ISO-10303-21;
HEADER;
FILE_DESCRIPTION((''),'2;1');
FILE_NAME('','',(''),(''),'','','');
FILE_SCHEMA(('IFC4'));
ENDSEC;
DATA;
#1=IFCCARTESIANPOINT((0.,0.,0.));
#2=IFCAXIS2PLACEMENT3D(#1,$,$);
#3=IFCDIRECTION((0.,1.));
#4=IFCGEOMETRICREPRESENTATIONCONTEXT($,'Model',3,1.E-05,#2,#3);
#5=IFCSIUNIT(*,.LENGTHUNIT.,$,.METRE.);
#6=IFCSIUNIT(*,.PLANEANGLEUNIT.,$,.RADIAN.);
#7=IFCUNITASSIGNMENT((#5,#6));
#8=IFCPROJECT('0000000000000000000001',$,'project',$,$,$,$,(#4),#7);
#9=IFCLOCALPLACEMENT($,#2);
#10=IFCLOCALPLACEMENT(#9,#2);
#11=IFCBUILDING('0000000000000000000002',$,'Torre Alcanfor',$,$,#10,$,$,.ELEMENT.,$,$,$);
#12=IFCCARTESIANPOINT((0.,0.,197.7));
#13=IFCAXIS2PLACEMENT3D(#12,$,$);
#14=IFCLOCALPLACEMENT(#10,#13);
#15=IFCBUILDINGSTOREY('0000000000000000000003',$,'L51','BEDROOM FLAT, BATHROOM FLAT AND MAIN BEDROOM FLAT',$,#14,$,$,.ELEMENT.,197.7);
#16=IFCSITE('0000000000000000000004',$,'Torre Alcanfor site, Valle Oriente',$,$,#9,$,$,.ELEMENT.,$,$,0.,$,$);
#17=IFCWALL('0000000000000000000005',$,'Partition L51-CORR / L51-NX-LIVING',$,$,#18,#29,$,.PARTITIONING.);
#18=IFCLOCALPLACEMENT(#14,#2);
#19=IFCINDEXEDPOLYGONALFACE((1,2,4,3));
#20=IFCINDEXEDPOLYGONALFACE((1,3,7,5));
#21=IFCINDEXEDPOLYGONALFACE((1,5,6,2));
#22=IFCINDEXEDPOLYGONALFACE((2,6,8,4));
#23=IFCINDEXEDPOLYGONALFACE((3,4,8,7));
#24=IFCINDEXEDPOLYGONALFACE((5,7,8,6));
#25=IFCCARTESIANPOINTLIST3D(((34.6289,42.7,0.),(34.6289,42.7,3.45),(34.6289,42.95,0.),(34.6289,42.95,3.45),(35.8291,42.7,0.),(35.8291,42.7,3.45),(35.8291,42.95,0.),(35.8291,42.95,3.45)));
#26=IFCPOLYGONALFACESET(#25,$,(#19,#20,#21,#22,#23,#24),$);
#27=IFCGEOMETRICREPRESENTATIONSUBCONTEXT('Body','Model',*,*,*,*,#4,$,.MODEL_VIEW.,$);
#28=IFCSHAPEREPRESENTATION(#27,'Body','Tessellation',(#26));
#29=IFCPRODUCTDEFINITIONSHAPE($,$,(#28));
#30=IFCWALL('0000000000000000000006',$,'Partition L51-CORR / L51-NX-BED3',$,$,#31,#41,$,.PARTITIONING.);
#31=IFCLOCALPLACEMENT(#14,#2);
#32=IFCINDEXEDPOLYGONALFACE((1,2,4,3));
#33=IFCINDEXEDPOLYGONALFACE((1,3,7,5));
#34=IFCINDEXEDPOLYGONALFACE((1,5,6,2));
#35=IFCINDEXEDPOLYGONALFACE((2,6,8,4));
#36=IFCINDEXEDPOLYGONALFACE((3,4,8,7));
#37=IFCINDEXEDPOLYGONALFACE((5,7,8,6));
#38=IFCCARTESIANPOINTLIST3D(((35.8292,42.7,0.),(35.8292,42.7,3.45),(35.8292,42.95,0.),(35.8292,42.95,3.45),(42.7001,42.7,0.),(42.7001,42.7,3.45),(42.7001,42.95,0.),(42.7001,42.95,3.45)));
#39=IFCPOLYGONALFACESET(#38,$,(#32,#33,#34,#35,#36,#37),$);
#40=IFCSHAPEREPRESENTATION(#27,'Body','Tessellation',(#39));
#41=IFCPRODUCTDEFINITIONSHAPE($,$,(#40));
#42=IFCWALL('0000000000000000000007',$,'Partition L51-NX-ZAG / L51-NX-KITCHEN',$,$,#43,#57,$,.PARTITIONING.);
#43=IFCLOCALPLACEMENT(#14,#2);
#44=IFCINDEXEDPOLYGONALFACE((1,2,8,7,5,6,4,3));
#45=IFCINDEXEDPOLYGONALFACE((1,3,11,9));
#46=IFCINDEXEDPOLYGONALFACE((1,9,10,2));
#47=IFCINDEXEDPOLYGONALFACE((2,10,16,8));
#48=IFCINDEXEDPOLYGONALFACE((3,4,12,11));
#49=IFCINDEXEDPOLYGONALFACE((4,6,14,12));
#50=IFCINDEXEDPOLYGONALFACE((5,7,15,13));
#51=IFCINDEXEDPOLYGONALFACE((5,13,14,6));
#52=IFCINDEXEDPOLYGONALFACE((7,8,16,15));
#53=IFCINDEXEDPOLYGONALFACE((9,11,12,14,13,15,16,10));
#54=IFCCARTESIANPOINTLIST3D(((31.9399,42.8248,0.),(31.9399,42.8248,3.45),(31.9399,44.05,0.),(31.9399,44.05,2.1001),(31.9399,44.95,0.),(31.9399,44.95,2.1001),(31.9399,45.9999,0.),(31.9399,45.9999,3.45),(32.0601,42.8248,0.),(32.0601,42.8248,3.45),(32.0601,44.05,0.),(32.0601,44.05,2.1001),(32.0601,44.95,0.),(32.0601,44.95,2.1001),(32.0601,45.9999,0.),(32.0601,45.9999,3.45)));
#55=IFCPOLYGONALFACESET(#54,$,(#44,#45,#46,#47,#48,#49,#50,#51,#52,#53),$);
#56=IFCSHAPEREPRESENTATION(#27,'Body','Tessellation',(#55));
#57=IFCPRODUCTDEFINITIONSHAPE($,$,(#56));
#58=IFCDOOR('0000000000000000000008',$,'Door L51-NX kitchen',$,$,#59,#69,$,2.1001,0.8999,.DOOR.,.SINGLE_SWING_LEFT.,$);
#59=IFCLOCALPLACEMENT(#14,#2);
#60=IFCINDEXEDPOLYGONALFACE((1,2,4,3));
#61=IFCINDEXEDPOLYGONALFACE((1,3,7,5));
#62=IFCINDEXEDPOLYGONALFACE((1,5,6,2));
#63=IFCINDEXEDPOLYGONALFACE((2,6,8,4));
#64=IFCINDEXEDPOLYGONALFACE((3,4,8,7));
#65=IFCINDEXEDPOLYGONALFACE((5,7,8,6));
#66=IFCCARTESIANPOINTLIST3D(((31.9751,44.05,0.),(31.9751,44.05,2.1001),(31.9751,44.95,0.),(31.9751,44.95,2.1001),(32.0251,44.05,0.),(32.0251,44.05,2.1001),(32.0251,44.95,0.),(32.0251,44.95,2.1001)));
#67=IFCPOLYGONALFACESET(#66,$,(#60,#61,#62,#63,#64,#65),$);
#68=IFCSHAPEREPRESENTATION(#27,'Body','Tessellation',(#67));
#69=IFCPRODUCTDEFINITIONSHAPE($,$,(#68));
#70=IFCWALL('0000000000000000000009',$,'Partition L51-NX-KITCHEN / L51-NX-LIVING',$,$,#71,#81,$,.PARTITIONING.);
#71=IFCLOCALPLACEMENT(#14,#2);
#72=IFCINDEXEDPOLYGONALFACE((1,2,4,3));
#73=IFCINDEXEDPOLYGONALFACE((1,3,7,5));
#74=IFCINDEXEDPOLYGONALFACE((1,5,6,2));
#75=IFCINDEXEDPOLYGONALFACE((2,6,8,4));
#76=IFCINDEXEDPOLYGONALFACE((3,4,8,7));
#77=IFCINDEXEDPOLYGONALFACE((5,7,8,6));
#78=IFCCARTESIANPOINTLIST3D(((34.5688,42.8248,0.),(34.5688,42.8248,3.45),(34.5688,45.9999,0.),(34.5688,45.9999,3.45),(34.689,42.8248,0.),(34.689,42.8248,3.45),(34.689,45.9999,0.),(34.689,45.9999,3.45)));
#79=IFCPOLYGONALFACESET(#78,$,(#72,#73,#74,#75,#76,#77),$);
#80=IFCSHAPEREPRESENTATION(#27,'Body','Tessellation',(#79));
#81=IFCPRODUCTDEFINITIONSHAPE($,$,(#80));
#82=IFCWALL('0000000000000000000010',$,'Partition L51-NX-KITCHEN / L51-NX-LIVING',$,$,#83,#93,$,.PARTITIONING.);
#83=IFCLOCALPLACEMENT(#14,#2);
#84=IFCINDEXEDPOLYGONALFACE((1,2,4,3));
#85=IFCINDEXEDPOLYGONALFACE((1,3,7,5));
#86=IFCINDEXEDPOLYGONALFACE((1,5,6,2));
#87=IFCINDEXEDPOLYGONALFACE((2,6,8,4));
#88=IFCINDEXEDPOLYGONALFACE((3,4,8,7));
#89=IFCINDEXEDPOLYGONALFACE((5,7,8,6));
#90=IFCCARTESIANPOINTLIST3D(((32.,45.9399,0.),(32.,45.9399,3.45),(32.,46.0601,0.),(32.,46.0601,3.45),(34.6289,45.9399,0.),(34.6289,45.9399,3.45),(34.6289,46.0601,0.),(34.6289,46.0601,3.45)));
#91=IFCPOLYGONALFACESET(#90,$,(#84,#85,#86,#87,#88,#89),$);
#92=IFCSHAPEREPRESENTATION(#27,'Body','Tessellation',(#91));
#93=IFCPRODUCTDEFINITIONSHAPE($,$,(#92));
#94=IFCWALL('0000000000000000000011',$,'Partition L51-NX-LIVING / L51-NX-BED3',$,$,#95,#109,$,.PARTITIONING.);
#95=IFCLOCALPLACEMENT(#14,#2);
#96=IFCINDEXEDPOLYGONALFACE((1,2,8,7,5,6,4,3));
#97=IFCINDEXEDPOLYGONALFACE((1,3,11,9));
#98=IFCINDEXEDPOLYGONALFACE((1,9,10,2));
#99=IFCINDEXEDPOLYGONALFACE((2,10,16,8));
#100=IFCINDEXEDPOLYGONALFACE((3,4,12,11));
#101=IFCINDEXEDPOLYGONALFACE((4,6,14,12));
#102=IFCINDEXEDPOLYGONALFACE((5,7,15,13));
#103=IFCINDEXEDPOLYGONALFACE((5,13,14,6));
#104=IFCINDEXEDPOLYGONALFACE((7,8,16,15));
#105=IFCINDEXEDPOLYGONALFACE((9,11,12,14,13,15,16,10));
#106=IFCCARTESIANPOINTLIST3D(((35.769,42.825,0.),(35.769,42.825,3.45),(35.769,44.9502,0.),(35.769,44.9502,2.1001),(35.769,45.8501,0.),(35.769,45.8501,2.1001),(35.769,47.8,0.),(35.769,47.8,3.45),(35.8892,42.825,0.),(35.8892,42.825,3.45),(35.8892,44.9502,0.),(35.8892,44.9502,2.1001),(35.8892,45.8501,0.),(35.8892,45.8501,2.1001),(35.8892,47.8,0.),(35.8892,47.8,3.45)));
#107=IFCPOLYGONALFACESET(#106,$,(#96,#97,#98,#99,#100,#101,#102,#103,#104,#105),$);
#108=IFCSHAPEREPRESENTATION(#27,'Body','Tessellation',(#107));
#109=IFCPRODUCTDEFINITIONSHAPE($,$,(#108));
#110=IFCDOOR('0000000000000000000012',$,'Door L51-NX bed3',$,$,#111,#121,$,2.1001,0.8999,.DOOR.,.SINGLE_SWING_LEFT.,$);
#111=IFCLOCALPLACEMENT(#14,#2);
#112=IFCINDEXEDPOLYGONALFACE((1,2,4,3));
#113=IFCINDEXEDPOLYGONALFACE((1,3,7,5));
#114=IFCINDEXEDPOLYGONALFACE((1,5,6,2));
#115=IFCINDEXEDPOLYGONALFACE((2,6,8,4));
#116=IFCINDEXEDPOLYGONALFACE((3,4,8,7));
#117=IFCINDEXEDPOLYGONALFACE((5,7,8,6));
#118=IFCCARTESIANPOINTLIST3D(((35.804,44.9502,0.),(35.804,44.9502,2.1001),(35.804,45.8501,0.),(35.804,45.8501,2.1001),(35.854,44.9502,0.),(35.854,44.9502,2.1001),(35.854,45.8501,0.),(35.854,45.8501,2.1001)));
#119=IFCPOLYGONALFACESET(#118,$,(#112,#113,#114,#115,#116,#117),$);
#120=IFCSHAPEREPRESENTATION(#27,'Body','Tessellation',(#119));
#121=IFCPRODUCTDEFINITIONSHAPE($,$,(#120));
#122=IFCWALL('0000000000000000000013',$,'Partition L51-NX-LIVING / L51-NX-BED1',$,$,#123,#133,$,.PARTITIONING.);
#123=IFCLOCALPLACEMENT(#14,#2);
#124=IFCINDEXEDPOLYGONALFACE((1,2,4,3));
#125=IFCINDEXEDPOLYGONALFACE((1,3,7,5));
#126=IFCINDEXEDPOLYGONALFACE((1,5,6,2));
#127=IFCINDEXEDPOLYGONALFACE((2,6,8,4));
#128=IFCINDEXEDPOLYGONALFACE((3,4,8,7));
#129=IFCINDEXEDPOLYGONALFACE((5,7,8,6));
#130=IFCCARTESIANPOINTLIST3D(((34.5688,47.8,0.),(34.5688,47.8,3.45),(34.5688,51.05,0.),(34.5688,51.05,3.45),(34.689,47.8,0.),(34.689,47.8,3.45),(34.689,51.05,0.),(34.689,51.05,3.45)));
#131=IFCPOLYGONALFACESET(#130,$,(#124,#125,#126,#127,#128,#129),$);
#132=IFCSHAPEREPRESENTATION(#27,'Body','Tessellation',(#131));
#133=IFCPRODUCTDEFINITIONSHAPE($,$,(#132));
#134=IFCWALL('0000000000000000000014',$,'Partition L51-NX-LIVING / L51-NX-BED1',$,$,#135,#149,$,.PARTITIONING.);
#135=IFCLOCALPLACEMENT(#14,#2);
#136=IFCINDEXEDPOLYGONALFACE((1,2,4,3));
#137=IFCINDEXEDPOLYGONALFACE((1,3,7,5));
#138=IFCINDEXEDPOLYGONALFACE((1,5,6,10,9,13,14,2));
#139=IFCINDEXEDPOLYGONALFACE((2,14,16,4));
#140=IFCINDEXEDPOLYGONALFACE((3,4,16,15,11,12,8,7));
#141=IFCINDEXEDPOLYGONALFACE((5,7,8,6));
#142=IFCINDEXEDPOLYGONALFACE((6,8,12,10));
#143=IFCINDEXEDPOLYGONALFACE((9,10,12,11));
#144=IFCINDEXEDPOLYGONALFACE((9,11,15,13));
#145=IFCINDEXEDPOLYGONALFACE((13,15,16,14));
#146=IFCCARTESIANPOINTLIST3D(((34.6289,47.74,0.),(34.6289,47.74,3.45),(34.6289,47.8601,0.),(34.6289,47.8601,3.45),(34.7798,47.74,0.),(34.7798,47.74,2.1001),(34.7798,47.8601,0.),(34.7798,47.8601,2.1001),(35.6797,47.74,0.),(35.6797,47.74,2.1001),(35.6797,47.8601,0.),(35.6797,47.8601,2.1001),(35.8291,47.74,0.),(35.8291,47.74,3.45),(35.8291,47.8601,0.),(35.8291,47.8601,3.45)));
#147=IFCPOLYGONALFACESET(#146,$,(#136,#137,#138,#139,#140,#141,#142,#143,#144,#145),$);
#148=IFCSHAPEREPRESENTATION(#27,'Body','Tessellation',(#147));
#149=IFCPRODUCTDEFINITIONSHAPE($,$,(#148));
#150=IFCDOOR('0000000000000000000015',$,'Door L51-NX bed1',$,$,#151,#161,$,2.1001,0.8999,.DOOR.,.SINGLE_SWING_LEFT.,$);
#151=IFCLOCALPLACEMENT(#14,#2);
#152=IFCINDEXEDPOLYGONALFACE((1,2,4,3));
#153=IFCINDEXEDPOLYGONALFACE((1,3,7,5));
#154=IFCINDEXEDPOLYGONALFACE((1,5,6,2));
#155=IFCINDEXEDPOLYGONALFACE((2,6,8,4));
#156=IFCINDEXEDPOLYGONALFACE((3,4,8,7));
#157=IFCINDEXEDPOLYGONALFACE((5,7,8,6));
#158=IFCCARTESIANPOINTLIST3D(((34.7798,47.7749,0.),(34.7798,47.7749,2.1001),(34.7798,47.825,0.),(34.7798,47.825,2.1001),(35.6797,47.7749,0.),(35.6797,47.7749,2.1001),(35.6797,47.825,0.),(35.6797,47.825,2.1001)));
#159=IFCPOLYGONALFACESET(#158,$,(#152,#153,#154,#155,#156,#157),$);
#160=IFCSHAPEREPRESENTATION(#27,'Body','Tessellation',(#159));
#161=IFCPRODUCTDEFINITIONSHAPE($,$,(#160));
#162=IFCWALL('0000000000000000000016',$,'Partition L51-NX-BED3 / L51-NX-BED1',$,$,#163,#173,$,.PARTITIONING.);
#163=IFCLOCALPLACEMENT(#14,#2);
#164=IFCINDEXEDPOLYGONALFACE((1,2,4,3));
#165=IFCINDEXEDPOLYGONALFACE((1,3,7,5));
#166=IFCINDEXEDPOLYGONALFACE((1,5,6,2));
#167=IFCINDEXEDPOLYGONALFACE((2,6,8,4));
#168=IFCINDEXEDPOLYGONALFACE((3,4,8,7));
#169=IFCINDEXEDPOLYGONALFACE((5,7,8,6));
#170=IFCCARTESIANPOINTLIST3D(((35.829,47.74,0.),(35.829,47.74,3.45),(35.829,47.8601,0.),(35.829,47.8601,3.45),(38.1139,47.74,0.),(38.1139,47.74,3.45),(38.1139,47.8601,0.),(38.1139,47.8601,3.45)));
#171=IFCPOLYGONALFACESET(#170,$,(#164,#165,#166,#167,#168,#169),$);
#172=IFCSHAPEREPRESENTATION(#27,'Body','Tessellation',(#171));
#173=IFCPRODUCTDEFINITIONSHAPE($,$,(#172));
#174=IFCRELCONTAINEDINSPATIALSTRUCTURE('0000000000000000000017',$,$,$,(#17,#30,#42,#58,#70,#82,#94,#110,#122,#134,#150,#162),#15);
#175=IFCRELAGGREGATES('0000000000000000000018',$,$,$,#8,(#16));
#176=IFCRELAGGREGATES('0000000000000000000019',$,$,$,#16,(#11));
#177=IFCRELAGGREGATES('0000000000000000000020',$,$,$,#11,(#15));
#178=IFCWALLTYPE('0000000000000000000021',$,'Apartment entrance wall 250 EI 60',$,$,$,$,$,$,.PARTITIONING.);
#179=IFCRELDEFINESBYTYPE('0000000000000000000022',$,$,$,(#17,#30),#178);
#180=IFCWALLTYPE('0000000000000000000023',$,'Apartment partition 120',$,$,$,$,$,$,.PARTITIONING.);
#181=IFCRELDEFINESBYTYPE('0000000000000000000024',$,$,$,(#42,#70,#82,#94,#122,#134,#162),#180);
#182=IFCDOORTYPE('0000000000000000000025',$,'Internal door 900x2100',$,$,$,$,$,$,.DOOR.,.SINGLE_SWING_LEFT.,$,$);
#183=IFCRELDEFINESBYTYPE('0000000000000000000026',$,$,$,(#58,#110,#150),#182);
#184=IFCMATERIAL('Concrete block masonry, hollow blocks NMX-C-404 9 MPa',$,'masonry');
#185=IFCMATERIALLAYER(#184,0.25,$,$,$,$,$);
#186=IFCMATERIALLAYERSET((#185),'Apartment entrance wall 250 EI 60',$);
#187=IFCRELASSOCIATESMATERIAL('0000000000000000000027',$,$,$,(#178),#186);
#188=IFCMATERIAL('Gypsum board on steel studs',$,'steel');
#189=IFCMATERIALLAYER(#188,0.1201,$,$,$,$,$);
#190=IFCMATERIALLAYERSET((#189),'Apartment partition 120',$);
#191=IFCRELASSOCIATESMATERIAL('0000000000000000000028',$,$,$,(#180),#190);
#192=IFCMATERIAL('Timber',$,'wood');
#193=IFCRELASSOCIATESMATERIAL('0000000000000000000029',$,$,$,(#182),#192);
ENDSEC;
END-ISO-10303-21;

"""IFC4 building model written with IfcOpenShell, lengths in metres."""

from ifc_helpers import new_model, si_unit, direction, frame, frame_2d, origin, place, context, subcontext, project, spatial, rectangle, extrude, material, layer, layer_set, type_object, element, fill, save


model = new_model("IFC4")

# Units and contexts
model_context = context("Model", 3, precision=1e-05, world=origin(), true_north=direction((0.0, 1.0)))
body_context = subcontext(model_context, "Body", "Model", "MODEL_VIEW")
ifc_project = project(units=[si_unit("LENGTHUNIT", "METRE"), si_unit("PLANEANGLEUNIT", "RADIAN")], contexts=[model_context])

# Site, building, storey
site_placement = place(None, origin())
site = spatial("IfcSite", under=ifc_project, at=site_placement, Name="Torre Alcanfor site, Valle Oriente", CompositionType="ELEMENT", RefElevation=0.0)
building_placement = place(site_placement, origin())
building = spatial("IfcBuilding", under=site, at=building_placement, Name="Torre Alcanfor", CompositionType="ELEMENT")
storey_placement = place(building_placement, frame((0.0, 0.0, 197.7)))
storey = spatial("IfcBuildingStorey", under=building, at=storey_placement, Name="L51", Description="BEDROOM FLAT, BATHROOM FLAT AND MAIN BEDROOM FLAT", CompositionType="ELEMENT", Elevation=197.7)

# Walls
ifc_material_1 = material(Name="Concrete block masonry, hollow blocks NMX-C-404 9 MPa", Category="masonry")
ifc_layer_1 = layer(ifc_material_1, 0.25)
ifc_layer_set_1 = layer_set([ifc_layer_1], Name="Apartment entrance wall 250 EI 60")
wall_type_1 = type_object("IfcWallType", Name="Apartment entrance wall 250 EI 60", PredefinedType="PARTITIONING", material=ifc_layer_set_1)
wall_1_placement = place(storey_placement, frame((34.6289, 42.825, 0.0), z_axis=(0.0, 0.0, 1.0), x_axis=(1.0, 0.0, 0.0)))
element("IfcWall", 1, at=wall_1_placement, inside=storey, type_object=wall_type_1, Name="Partition L51-CORR / L51-NX-LIVING", PredefinedType="PARTITIONING", context=body_context, shape_type="SweptSolid", body=[
    extrude(rectangle(XDim=1.2002, YDim=0.25, at=frame_2d((0.6001, 0.0))), origin(), (0.0, 0.0, 1.0), 3.45),
])
wall_2_placement = place(storey_placement, frame((35.8291, 42.825, 0.0), z_axis=(0.0, 0.0, 1.0), x_axis=(1.0, 0.0, 0.0)))
element("IfcWall", 2, at=wall_2_placement, inside=storey, type_object=wall_type_1, Name="Partition L51-CORR / L51-NX-BED3", PredefinedType="PARTITIONING", context=body_context, shape_type="SweptSolid", body=[
    extrude(rectangle(XDim=6.8708, YDim=0.25, at=frame_2d((3.4355, 0.0))), origin(), (0.0, 0.0, 1.0), 3.45),
])

# Wall, opening, door
ifc_material_2 = material(Name="Gypsum board on steel studs", Category="steel")
ifc_layer_2 = layer(ifc_material_2, 0.1201)
ifc_layer_set_2 = layer_set([ifc_layer_2], Name="Apartment partition 120")
wall_type_2 = type_object("IfcWallType", Name="Apartment partition 120", PredefinedType="PARTITIONING", material=ifc_layer_set_2)
wall_3_placement = place(storey_placement, frame((32.0, 42.825, 0.0), z_axis=(0.0, 0.0, 1.0), x_axis=(0.0, 1.0, 0.0)))
wall_3 = element("IfcWall", 3, at=wall_3_placement, inside=storey, type_object=wall_type_2, Name="Partition L51-NX-ZAG / L51-NX-KITCHEN", PredefinedType="PARTITIONING", context=body_context, shape_type="SweptSolid", body=[
    extrude(rectangle(XDim=3.175, YDim=0.1201, at=frame_2d((1.5874, 0.0))), origin(), (0.0, 0.0, 1.0), 3.45),
])
opening_1_placement = place(wall_3_placement, frame((1.2251, 0.0, 0.0)))
opening_1 = element("IfcOpeningElement", 4, at=opening_1_placement, cuts=wall_3, PredefinedType="OPENING", context=body_context, shape_type="SweptSolid", body=[
    extrude(rectangle(XDim=0.8999, YDim=2.1001, at=frame_2d((0.45, 1.05))), frame((0.0, 0.0701, 0.0), z_axis=(0.0, -1.0, 0.0), x_axis=(1.0, 0.0, 0.0)), (0.0, 0.0, 1.0), 0.1401),
])
ifc_material_3 = material(Name="Timber", Category="wood")
door_type_1 = type_object("IfcDoorType", Name="Internal door 900x2100", OperationType="SINGLE_SWING_LEFT", PredefinedType="DOOR", material=ifc_material_3)
door_1_placement = place(opening_1_placement, frame((0.8999, 0.0, 0.0), z_axis=(0.0, 0.0, 1.0), x_axis=(-1.0, 0.0, 0.0)))
door_1 = element("IfcDoor", 5, at=door_1_placement, inside=storey, type_object=door_type_1, Name="Door L51-NX kitchen", OperationType="SINGLE_SWING_LEFT", OverallHeight=2.1001, OverallWidth=0.8999, PredefinedType="DOOR", context=body_context, shape_type="SweptSolid", body=[
    extrude(rectangle(XDim=0.8999, YDim=2.1001, at=frame_2d((0.45, 1.05))), frame((0.0, 0.0251, 0.0), z_axis=(0.0, -1.0, 0.0), x_axis=(1.0, 0.0, 0.0)), (0.0, 0.0, 1.0), 0.05),
])
fill(opening_1, door_1)

# Walls
wall_4_placement = place(storey_placement, frame((34.6289, 42.825, 0.0), z_axis=(0.0, 0.0, 1.0), x_axis=(0.0, 1.0, 0.0)))
element("IfcWall", 6, at=wall_4_placement, inside=storey, type_object=wall_type_2, Name="Partition L51-NX-KITCHEN / L51-NX-LIVING", PredefinedType="PARTITIONING", context=body_context, shape_type="SweptSolid", body=[
    extrude(rectangle(XDim=3.175, YDim=0.1201, at=frame_2d((1.5874, 0.0))), origin(), (0.0, 0.0, 1.0), 3.45),
])
wall_5_placement = place(storey_placement, frame((34.6289, 46.0, 0.0), z_axis=(0.0, 0.0, 1.0), x_axis=(-1.0, 0.0, 0.0)))
element("IfcWall", 7, at=wall_5_placement, inside=storey, type_object=wall_type_2, Name="Partition L51-NX-KITCHEN / L51-NX-LIVING", PredefinedType="PARTITIONING", context=body_context, shape_type="SweptSolid", body=[
    extrude(rectangle(XDim=2.6289, YDim=0.1201, at=frame_2d((1.3145, 0.0))), origin(), (0.0, 0.0, 1.0), 3.45),
])

# Wall, opening, door
wall_6_placement = place(storey_placement, frame((35.8291, 47.8, 0.0), z_axis=(0.0, 0.0, 1.0), x_axis=(0.0, -1.0, 0.0)))
wall_6 = element("IfcWall", 8, at=wall_6_placement, inside=storey, type_object=wall_type_2, Name="Partition L51-NX-LIVING / L51-NX-BED3", PredefinedType="PARTITIONING", context=body_context, shape_type="SweptSolid", body=[
    extrude(rectangle(XDim=4.9751, YDim=0.1201, at=frame_2d((2.4875, 0.0))), origin(), (0.0, 0.0, 1.0), 3.45),
])
opening_2_placement = place(wall_6_placement, frame((1.95, 0.0, 0.0)))
opening_2 = element("IfcOpeningElement", 9, at=opening_2_placement, cuts=wall_6, PredefinedType="OPENING", context=body_context, shape_type="SweptSolid", body=[
    extrude(rectangle(XDim=0.8999, YDim=2.1001, at=frame_2d((0.45, 1.05))), frame((0.0, 0.0701, 0.0), z_axis=(0.0, -1.0, 0.0), x_axis=(1.0, 0.0, 0.0)), (0.0, 0.0, 1.0), 0.1401),
])
door_2_placement = place(opening_2_placement, origin())
door_2 = element("IfcDoor", 10, at=door_2_placement, inside=storey, type_object=door_type_1, Name="Door L51-NX bed3", OperationType="SINGLE_SWING_LEFT", OverallHeight=2.1001, OverallWidth=0.8999, PredefinedType="DOOR", context=body_context, shape_type="SweptSolid", body=[
    extrude(rectangle(XDim=0.8999, YDim=2.1001, at=frame_2d((0.45, 1.05))), frame((0.0, 0.0249, 0.0), z_axis=(0.0, -1.0, 0.0), x_axis=(1.0, 0.0, 0.0)), (0.0, 0.0, 1.0), 0.05),
])
fill(opening_2, door_2)

# Wall
wall_7_placement = place(storey_placement, frame((34.6289, 51.05, 0.0), z_axis=(0.0, 0.0, 1.0), x_axis=(0.0, -1.0, 0.0)))
element("IfcWall", 11, at=wall_7_placement, inside=storey, type_object=wall_type_2, Name="Partition L51-NX-LIVING / L51-NX-BED1", PredefinedType="PARTITIONING", context=body_context, shape_type="SweptSolid", body=[
    extrude(rectangle(XDim=3.25, YDim=0.1201, at=frame_2d((1.625, 0.0))), origin(), (0.0, 0.0, 1.0), 3.45),
])

# Wall, opening, door
wall_8_placement = place(storey_placement, frame((34.6289, 47.8, 0.0), z_axis=(0.0, 0.0, 1.0), x_axis=(1.0, 0.0, 0.0)))
wall_8 = element("IfcWall", 12, at=wall_8_placement, inside=storey, type_object=wall_type_2, Name="Partition L51-NX-LIVING / L51-NX-BED1", PredefinedType="PARTITIONING", context=body_context, shape_type="SweptSolid", body=[
    extrude(rectangle(XDim=1.2002, YDim=0.1201, at=frame_2d((0.6001, 0.0))), origin(), (0.0, 0.0, 1.0), 3.45),
])
opening_3_placement = place(wall_8_placement, frame((0.1509, 0.0, 0.0)))
opening_3 = element("IfcOpeningElement", 13, at=opening_3_placement, cuts=wall_8, PredefinedType="OPENING", context=body_context, shape_type="SweptSolid", body=[
    extrude(rectangle(XDim=0.8999, YDim=2.1001, at=frame_2d((0.45, 1.05))), frame((0.0, 0.0701, 0.0), z_axis=(0.0, -1.0, 0.0), x_axis=(1.0, 0.0, 0.0)), (0.0, 0.0, 1.0), 0.1401),
])
door_3_placement = place(opening_3_placement, origin())
door_3 = element("IfcDoor", 14, at=door_3_placement, inside=storey, type_object=door_type_1, Name="Door L51-NX bed1", OperationType="SINGLE_SWING_LEFT", OverallHeight=2.1001, OverallWidth=0.8999, PredefinedType="DOOR", context=body_context, shape_type="SweptSolid", body=[
    extrude(rectangle(XDim=0.8999, YDim=2.1001, at=frame_2d((0.45, 1.05))), frame((0.0, 0.0249, 0.0), z_axis=(0.0, -1.0, 0.0), x_axis=(1.0, 0.0, 0.0)), (0.0, 0.0, 1.0), 0.05),
])
fill(opening_3, door_3)

# Wall
wall_9_placement = place(storey_placement, frame((38.114, 47.8, 0.0), z_axis=(0.0, 0.0, 1.0), x_axis=(-1.0, 0.0, 0.0)))
element("IfcWall", 15, at=wall_9_placement, inside=storey, type_object=wall_type_2, Name="Partition L51-NX-BED3 / L51-NX-BED1", PredefinedType="PARTITIONING", context=body_context, shape_type="SweptSolid", body=[
    extrude(rectangle(XDim=2.2849, YDim=0.1201, at=frame_2d((1.1426, 0.0))), origin(), (0.0, 0.0, 1.0), 3.45),
])

save(model, "model.ifc")
